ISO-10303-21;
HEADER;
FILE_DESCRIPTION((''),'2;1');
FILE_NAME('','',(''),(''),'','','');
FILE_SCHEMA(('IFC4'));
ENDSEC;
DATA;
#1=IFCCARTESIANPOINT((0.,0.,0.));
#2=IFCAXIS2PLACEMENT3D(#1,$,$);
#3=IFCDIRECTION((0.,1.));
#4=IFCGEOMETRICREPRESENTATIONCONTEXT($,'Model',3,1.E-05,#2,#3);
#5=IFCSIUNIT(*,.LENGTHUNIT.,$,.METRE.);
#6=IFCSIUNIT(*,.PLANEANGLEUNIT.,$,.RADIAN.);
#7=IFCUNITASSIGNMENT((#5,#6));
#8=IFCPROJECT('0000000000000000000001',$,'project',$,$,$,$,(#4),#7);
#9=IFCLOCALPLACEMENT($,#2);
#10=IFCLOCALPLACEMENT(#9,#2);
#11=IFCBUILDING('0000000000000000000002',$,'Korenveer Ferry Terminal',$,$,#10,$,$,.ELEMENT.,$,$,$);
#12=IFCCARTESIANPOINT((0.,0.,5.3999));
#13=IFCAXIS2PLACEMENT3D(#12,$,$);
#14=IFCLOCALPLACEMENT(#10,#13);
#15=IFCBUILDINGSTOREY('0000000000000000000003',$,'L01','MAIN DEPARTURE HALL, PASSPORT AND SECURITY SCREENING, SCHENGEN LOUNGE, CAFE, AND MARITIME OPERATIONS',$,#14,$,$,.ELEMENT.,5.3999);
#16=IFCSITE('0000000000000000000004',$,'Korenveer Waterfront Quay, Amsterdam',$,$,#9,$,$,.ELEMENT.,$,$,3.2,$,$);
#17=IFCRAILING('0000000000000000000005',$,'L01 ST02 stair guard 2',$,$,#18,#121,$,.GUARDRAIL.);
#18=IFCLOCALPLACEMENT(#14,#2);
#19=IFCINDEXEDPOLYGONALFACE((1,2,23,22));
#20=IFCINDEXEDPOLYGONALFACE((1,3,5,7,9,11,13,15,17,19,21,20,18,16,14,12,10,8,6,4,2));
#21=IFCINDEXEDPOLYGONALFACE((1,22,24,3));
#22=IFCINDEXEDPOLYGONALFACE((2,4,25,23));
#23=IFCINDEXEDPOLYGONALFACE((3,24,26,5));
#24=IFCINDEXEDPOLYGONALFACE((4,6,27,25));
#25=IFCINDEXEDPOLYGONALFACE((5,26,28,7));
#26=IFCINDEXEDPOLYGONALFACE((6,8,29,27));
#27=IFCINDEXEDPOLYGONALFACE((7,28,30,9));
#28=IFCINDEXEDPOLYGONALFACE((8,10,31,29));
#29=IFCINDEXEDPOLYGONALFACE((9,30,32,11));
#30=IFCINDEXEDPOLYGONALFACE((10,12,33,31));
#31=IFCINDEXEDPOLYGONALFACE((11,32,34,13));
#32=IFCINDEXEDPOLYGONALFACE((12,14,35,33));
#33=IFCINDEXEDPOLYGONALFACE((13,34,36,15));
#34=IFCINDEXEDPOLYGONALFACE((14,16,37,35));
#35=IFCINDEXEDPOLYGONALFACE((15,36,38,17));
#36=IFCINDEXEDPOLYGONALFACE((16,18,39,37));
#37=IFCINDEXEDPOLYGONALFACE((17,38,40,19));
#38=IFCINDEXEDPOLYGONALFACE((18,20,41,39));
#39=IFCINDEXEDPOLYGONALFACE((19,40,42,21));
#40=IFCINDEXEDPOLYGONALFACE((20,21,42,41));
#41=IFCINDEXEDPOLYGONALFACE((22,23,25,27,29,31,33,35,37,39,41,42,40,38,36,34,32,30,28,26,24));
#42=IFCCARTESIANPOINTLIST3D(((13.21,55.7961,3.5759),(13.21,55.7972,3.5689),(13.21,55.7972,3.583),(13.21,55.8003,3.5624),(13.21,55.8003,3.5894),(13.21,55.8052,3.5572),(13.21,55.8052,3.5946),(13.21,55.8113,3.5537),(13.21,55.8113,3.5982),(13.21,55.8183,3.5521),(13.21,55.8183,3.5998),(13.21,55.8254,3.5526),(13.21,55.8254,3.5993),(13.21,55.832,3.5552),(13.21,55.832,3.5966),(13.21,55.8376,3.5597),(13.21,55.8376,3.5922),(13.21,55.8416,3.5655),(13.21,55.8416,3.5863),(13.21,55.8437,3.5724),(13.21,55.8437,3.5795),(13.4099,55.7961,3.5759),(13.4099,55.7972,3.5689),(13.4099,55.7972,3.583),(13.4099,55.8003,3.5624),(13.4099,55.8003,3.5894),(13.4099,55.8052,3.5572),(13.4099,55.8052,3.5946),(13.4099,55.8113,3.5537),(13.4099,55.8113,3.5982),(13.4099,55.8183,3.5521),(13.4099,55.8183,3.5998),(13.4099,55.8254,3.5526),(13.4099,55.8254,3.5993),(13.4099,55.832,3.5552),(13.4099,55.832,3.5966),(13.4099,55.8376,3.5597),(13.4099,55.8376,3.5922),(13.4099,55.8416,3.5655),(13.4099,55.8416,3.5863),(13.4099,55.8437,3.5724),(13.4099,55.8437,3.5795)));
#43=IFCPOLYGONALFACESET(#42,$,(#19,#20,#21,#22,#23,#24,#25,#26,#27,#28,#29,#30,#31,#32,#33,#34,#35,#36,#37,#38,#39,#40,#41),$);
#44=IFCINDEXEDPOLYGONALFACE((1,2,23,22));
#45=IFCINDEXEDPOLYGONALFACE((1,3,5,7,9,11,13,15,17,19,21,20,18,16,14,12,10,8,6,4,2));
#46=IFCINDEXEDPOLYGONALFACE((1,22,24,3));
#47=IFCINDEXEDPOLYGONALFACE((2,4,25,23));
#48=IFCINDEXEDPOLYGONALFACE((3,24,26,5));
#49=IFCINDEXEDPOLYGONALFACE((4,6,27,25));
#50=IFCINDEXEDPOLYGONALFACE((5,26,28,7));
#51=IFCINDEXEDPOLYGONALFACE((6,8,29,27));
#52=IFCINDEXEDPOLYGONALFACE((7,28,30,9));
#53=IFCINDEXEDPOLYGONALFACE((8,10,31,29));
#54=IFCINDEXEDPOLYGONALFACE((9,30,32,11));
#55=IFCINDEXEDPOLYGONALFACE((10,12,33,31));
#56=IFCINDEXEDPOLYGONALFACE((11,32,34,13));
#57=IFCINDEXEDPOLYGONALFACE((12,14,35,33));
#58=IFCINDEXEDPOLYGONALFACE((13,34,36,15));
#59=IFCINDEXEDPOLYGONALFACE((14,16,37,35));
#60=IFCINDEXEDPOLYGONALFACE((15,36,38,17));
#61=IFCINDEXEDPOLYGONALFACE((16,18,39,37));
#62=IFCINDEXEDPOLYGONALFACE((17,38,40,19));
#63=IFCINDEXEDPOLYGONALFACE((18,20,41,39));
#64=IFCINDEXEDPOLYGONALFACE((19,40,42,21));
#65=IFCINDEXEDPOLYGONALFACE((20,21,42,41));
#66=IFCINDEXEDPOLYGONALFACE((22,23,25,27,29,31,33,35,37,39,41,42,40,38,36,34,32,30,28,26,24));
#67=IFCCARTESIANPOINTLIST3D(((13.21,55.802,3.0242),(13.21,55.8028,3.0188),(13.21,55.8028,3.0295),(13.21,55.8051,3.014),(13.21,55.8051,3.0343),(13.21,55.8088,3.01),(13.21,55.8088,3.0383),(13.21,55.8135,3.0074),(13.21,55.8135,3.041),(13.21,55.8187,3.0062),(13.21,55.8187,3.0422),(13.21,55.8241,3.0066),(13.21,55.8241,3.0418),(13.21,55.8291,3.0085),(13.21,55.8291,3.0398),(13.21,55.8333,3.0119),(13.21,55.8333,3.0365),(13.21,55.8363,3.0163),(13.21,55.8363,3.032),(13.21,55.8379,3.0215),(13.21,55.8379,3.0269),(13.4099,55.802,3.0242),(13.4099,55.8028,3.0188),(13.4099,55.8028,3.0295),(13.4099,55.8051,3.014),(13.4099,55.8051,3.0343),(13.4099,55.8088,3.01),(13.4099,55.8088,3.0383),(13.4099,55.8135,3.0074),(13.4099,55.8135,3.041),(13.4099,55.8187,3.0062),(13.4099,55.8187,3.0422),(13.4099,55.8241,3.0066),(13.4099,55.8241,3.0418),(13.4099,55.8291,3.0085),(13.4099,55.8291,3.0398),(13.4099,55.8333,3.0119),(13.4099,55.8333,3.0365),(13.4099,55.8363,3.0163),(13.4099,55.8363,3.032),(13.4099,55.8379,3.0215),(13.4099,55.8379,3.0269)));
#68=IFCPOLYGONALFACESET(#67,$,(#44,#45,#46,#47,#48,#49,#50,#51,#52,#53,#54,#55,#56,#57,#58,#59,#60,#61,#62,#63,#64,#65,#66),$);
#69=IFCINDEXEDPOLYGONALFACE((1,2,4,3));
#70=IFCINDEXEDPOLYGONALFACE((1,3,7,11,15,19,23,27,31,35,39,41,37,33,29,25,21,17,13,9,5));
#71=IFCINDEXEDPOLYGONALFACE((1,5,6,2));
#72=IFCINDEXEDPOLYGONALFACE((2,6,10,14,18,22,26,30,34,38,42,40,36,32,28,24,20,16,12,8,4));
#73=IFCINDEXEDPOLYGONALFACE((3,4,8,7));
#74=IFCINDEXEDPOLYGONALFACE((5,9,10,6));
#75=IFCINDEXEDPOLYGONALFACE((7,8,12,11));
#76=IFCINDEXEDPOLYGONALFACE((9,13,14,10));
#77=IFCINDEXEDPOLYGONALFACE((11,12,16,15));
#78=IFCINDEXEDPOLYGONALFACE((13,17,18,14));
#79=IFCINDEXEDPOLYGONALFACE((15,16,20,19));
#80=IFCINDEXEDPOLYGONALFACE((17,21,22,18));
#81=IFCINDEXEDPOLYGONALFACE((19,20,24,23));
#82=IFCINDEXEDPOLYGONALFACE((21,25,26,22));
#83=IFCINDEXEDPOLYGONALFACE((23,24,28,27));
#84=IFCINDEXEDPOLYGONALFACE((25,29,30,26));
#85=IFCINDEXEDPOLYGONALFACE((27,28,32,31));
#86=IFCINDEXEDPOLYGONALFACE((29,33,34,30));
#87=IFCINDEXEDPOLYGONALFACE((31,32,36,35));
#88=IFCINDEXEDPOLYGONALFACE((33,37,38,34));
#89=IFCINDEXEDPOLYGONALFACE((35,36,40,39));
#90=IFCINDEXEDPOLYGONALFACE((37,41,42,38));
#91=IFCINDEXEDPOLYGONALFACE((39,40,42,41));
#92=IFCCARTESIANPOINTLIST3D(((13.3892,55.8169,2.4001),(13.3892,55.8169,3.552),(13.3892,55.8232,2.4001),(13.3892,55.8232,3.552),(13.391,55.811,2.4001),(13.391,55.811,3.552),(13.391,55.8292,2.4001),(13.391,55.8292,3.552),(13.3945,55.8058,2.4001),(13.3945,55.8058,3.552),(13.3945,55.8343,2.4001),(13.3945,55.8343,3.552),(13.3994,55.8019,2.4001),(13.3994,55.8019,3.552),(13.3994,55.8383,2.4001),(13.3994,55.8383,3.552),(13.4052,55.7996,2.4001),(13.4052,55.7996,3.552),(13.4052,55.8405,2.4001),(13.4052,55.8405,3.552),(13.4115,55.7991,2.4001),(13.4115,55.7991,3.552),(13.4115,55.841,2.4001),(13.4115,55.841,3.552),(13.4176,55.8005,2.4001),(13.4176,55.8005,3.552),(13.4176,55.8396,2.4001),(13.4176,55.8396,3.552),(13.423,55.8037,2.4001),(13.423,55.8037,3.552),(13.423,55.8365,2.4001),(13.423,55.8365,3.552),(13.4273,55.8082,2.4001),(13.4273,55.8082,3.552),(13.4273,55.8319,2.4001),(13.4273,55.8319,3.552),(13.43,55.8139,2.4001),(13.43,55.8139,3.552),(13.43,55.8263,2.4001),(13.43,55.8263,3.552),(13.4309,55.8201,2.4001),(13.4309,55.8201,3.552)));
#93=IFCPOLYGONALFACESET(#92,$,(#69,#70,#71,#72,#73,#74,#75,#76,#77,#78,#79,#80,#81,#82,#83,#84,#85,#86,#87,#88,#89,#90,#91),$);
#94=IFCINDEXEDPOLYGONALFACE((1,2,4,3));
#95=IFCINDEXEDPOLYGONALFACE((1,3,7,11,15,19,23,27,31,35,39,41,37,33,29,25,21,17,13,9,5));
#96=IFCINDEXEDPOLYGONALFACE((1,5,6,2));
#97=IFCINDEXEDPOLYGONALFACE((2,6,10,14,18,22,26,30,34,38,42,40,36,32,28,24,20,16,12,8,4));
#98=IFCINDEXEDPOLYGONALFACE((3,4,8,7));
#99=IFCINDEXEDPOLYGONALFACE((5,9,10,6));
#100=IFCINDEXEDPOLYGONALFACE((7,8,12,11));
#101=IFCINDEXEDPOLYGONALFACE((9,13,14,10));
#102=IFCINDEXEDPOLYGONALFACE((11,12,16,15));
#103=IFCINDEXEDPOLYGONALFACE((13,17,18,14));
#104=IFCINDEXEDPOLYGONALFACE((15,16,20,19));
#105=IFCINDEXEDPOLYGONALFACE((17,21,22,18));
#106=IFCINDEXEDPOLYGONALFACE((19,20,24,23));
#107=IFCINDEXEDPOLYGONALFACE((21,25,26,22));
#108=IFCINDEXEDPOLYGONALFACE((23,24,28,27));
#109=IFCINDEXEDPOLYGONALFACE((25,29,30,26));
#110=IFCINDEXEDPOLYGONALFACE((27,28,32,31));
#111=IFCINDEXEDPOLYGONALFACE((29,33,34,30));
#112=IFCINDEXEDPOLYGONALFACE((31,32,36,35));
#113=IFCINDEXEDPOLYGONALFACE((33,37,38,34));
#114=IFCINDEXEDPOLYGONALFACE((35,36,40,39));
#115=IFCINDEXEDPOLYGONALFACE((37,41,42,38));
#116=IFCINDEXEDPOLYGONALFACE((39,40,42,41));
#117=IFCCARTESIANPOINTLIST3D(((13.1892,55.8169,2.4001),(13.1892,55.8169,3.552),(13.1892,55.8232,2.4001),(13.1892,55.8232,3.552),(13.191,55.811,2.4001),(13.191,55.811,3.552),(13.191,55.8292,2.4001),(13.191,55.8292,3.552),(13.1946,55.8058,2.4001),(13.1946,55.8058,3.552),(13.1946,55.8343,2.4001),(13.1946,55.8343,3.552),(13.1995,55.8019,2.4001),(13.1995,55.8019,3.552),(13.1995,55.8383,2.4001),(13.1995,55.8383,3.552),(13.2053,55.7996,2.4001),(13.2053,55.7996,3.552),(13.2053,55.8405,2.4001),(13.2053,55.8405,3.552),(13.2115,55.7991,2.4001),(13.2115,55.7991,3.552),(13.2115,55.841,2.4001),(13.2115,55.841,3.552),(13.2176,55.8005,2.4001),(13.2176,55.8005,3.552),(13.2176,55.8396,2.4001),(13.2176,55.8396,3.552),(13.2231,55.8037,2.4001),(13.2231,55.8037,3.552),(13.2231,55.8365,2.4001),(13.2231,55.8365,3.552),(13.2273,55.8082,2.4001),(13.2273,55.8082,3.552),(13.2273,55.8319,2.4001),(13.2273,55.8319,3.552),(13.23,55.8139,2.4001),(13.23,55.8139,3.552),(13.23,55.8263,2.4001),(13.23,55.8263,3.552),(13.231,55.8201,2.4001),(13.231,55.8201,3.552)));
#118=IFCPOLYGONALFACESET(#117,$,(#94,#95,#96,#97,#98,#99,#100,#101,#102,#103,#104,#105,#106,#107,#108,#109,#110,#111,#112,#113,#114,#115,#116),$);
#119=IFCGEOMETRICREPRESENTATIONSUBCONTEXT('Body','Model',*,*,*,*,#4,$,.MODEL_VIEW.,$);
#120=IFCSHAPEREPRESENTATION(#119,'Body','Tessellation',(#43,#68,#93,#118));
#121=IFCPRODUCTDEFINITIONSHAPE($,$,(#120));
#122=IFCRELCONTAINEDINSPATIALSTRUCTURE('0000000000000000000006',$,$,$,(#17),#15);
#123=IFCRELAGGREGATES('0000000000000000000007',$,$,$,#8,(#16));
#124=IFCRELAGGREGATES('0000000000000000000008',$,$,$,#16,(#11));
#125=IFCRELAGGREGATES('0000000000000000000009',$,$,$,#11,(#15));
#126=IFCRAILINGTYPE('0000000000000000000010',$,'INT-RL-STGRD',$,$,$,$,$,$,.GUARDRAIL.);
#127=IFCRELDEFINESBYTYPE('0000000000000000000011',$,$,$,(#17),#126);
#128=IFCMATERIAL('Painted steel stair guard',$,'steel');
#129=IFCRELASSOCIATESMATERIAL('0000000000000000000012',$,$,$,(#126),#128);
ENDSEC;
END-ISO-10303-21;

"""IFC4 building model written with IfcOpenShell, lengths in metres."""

from ifc_helpers import new_model, si_unit, direction, frame, origin, origin_2d, place, context, subcontext, project, spatial, circle, extrude, material, type_object, element, save


model = new_model("IFC4")

# Units and contexts
model_context = context("Model", 3, precision=1e-05, world=origin(), true_north=direction((0.0, 1.0)))
body_context = subcontext(model_context, "Body", "Model", "MODEL_VIEW")
ifc_project = project(units=[si_unit("LENGTHUNIT", "METRE"), si_unit("PLANEANGLEUNIT", "RADIAN")], contexts=[model_context])

# Site, building, storey
site_placement = place(None, origin())
site = spatial("IfcSite", under=ifc_project, at=site_placement, Name="Korenveer Waterfront Quay, Amsterdam", CompositionType="ELEMENT", RefElevation=3.2)
building_placement = place(site_placement, origin())
building = spatial("IfcBuilding", under=site, at=building_placement, Name="Korenveer Ferry Terminal", CompositionType="ELEMENT")
storey_placement = place(building_placement, frame((0.0, 0.0, 5.3999)))
storey = spatial("IfcBuildingStorey", under=building, at=storey_placement, Name="L01", Description="MAIN DEPARTURE HALL, PASSPORT AND SECURITY SCREENING, SCHENGEN LOUNGE, CAFE, AND MARITIME OPERATIONS", CompositionType="ELEMENT", Elevation=5.3999)

# Railing
ifc_material_1 = material(Name="Painted steel stair guard", Category="steel")
railing_type_1 = type_object("IfcRailingType", Name="INT-RL-STGRD", PredefinedType="GUARDRAIL", material=ifc_material_1)
railing_1_placement = place(storey_placement, frame((13.4099, 55.8201, 2.4001)))
element("IfcRailing", 1, at=railing_1_placement, inside=storey, type_object=railing_type_1, Name="L01 ST02 stair guard 2", PredefinedType="GUARDRAIL", context=body_context, shape_type="SweptSolid", body=[
    extrude(circle(Radius=0.0239, at=origin_2d()), frame((0.0, 0.0, 1.1758), z_axis=(-1.0, 0.0, 0.0), x_axis=(0.0, -1.0, 0.0)), (0.0, 0.0, 1.0), 0.2),
    extrude(circle(Radius=0.0181, at=origin_2d()), frame((0.0, 0.0, 0.624), z_axis=(-1.0, 0.0, 0.0), x_axis=(0.0, -1.0, 0.0)), (0.0, 0.0, 1.0), 0.2),
    extrude(circle(Radius=0.021, at=origin_2d()), origin(), (0.0, 0.0, 1.0), 1.1519),
    extrude(circle(Radius=0.021, at=origin_2d()), frame((-0.2, 0.0, 0.0)), (0.0, 0.0, 1.0), 1.1519),
])

save(model, "model.ifc")
